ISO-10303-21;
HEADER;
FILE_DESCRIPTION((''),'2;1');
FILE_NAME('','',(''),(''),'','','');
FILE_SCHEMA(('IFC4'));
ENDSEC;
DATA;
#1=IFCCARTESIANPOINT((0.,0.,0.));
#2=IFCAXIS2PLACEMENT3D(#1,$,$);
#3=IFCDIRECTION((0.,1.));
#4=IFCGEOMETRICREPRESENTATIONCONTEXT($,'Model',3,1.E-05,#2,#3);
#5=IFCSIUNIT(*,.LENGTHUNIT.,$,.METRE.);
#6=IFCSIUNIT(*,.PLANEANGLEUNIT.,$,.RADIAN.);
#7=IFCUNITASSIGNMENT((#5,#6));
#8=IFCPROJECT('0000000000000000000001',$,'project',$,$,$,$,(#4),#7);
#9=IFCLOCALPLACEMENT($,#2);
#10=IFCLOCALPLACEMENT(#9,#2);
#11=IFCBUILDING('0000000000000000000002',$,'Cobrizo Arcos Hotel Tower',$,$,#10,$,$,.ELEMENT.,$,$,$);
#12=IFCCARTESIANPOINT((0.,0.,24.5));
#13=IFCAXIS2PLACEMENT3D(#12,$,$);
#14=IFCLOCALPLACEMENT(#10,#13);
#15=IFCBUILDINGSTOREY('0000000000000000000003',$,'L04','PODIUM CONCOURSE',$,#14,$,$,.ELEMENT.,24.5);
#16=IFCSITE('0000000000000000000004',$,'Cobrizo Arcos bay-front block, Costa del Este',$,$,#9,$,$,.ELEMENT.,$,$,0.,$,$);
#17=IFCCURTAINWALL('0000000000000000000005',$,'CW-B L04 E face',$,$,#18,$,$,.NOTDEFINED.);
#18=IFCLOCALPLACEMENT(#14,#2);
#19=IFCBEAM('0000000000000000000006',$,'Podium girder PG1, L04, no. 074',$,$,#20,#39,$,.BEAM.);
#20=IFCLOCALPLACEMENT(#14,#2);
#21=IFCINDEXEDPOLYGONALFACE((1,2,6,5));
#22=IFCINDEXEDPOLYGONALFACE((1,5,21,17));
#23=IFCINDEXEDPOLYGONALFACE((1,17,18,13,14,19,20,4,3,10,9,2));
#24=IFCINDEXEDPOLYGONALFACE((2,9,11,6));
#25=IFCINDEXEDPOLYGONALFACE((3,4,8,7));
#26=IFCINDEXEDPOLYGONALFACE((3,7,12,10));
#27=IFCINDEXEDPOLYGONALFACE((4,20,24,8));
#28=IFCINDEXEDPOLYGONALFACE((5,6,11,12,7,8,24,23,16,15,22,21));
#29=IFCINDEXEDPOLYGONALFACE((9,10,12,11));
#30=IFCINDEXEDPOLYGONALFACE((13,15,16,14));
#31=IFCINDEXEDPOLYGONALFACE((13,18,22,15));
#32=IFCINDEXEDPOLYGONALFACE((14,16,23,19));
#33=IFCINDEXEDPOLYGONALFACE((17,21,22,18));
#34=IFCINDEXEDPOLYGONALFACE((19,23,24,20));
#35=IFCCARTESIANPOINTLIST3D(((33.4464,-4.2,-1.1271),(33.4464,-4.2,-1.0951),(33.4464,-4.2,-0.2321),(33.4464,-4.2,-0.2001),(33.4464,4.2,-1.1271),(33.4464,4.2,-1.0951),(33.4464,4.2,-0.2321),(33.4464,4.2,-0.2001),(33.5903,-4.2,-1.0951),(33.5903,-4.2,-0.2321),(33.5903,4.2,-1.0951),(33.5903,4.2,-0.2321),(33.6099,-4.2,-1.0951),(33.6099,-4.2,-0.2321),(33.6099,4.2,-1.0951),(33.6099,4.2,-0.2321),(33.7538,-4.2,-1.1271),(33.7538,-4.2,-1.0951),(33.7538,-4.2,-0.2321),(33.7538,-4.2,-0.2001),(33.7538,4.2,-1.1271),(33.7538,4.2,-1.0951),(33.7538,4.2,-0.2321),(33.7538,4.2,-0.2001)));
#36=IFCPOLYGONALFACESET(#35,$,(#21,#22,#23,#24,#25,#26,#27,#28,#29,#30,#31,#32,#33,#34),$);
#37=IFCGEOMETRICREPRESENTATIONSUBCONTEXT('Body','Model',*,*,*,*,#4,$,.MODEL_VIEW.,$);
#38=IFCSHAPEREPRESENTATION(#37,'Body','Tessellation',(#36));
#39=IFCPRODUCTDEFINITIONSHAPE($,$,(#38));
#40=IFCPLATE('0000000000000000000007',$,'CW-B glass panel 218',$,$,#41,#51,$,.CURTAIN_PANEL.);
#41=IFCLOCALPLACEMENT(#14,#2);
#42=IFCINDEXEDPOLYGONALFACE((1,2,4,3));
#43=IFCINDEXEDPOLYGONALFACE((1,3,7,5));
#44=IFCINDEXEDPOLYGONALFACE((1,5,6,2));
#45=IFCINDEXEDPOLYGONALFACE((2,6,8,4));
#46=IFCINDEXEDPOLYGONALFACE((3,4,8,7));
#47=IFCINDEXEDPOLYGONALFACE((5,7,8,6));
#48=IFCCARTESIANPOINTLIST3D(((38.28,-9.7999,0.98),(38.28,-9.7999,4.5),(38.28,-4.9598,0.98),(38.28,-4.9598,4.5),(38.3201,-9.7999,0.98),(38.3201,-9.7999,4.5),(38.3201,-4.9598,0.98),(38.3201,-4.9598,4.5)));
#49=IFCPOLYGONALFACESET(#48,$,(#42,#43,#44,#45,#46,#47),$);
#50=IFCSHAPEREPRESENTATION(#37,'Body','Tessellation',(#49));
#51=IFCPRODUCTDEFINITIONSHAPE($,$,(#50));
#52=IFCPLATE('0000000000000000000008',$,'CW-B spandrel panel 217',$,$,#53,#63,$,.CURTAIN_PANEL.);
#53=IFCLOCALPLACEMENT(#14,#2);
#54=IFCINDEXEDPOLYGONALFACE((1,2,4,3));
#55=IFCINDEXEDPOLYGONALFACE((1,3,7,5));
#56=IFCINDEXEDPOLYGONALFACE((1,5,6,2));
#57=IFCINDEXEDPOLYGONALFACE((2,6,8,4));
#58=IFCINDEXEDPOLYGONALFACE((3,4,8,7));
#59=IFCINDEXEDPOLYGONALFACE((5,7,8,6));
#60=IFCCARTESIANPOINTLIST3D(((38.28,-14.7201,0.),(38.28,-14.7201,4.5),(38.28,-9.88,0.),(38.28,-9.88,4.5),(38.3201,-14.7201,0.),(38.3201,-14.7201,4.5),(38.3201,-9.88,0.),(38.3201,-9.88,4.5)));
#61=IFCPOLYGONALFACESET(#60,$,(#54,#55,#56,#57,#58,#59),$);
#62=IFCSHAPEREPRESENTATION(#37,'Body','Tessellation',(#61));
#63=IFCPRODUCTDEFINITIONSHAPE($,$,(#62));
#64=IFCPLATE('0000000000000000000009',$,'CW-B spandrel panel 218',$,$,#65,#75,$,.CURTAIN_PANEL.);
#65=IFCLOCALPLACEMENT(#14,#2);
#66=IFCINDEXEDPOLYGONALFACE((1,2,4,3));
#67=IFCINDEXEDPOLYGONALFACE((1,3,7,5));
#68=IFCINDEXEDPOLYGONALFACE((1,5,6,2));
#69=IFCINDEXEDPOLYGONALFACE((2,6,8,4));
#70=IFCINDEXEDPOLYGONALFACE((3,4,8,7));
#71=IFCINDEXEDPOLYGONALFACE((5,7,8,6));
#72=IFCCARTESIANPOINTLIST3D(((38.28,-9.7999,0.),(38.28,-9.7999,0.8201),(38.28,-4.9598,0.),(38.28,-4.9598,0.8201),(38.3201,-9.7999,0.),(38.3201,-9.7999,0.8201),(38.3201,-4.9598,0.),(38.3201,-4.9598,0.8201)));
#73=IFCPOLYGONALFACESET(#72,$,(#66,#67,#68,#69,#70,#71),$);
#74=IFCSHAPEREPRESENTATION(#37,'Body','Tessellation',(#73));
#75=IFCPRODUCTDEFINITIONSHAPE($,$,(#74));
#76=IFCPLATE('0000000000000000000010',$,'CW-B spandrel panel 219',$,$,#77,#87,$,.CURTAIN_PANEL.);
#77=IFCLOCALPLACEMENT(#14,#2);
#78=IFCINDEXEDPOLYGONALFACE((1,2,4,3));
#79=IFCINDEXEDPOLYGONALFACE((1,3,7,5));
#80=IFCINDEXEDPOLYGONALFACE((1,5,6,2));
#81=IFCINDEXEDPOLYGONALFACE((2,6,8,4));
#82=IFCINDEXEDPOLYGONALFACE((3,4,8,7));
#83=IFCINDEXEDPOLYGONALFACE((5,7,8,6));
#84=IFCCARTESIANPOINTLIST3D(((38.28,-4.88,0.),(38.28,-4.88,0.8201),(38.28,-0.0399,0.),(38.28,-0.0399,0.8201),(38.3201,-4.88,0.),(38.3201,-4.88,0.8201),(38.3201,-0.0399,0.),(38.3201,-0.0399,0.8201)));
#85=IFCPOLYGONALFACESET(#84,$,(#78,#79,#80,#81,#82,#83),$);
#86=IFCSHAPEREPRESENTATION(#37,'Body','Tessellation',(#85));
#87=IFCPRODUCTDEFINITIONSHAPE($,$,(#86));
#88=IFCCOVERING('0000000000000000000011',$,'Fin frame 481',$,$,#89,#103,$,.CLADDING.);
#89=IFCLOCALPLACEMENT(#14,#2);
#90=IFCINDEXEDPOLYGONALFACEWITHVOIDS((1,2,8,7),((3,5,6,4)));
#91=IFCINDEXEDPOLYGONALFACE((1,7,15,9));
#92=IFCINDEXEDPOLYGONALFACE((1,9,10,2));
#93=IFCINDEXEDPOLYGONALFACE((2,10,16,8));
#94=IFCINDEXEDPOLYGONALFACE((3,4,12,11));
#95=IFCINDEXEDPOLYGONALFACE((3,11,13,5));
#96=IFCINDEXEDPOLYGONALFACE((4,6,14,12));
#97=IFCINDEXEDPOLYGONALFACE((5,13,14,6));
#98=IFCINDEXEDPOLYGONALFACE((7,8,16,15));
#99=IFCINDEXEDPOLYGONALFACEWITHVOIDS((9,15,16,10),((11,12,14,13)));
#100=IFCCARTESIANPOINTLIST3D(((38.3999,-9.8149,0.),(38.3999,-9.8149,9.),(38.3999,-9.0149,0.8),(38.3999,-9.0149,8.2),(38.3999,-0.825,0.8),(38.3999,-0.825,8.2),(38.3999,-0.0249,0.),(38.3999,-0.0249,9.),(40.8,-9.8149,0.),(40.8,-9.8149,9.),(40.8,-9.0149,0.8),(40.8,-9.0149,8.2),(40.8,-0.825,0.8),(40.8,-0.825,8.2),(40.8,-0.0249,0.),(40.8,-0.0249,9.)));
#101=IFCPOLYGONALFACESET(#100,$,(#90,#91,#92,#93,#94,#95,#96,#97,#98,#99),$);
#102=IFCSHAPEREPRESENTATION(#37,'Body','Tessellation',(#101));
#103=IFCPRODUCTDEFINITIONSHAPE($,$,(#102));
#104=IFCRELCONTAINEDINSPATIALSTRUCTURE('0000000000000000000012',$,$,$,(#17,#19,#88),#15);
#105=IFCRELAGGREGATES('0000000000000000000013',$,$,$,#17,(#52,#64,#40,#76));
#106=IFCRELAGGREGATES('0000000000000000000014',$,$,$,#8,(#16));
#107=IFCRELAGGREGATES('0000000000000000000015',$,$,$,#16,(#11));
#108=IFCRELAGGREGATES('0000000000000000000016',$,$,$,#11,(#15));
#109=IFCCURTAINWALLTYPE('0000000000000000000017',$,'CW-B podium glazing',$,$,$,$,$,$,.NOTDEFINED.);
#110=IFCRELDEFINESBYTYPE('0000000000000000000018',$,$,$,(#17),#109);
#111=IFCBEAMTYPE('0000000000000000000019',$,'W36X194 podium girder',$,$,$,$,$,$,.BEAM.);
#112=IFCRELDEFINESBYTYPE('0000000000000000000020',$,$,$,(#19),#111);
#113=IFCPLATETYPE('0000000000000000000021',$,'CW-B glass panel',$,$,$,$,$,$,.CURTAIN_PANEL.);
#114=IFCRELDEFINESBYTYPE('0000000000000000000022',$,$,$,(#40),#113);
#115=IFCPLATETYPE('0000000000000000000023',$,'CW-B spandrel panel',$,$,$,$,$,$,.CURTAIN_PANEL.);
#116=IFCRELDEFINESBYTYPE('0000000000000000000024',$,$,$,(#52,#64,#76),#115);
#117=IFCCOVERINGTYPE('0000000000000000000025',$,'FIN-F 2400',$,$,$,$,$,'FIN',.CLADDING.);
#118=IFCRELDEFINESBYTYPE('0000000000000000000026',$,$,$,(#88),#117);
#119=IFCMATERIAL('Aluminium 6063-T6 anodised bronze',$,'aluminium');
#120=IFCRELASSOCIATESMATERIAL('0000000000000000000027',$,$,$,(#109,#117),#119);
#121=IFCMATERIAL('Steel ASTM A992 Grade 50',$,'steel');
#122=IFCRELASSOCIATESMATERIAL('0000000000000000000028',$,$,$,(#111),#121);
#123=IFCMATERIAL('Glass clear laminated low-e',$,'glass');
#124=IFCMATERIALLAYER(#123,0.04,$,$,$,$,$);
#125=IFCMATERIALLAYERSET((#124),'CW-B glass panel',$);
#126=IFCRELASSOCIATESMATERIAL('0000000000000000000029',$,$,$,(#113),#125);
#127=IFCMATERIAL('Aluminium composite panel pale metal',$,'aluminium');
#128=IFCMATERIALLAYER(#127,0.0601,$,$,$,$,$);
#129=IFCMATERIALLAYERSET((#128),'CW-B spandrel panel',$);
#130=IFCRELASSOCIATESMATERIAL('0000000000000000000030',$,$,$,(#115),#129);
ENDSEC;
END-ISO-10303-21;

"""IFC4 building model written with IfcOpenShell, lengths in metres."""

from ifc_helpers import new_model, si_unit, direction, frame, origin, origin_2d, place, context, subcontext, project, spatial, polyline, rectangle, i_section, outline, extrude, material, layer, layer_set, material_profile, profile_set, type_object, element, aggregate, save


model = new_model("IFC4")

# Units and contexts
model_context = context("Model", 3, precision=1e-05, world=origin(), true_north=direction((0.0, 1.0)))
body_context = subcontext(model_context, "Body", "Model", "MODEL_VIEW")
ifc_project = project(units=[si_unit("LENGTHUNIT", "METRE"), si_unit("PLANEANGLEUNIT", "RADIAN")], contexts=[model_context])

# Site, building, storey
site_placement = place(None, origin())
site = spatial("IfcSite", under=ifc_project, at=site_placement, Name="Cobrizo Arcos bay-front block, Costa del Este", CompositionType="ELEMENT", RefElevation=0.0)
building_placement = place(site_placement, origin())
building = spatial("IfcBuilding", under=site, at=building_placement, Name="Cobrizo Arcos Hotel Tower", CompositionType="ELEMENT")
storey_placement = place(building_placement, frame((0.0, 0.0, 24.5)))
storey = spatial("IfcBuildingStorey", under=building, at=storey_placement, Name="L04", Description="PODIUM CONCOURSE", CompositionType="ELEMENT", Elevation=24.5)

# Curtain wall
ifc_material_1 = material(Name="Aluminium 6063-T6 anodised bronze", Category="aluminium")
curtain_wall_type = type_object("IfcCurtainWallType", Name="CW-B podium glazing", PredefinedType="NOTDEFINED", material=ifc_material_1)
curtain_wall_placement = place(storey_placement, origin())
curtain_wall = element("IfcCurtainWall", 1, at=curtain_wall_placement, inside=storey, type_object=curtain_wall_type, Name="CW-B L04 E face", PredefinedType="NOTDEFINED")

# Beam
ifc_material_2 = material(Name="Steel ASTM A992 Grade 50", Category="steel")
ifc_material_profile_1 = material_profile(ifc_material_2, i_section(OverallWidth=0.3074, OverallDepth=0.927, WebThickness=0.0195, FlangeThickness=0.032, at=origin_2d()), Name="W36X194")
ifc_profile_set_1 = profile_set([ifc_material_profile_1], Name="Steel ASTM A992 Grade 50")
beam_type_1 = type_object("IfcBeamType", Name="W36X194 podium girder", PredefinedType="BEAM", material=ifc_profile_set_1)
beam_1_placement = place(storey_placement, frame((33.6001, -4.2, -0.6636), z_axis=(0.0, 1.0, 0.0), x_axis=(-1.0, 0.0, 0.0)))
element("IfcBeam", 2, at=beam_1_placement, inside=storey, type_object=beam_type_1, Name="Podium girder PG1, L04, no. 074", PredefinedType="BEAM", context=body_context, shape_type="SweptSolid", body=[
    extrude(i_section(OverallWidth=0.3074, OverallDepth=0.927, WebThickness=0.0195, FlangeThickness=0.032, at=origin_2d()), origin(), (0.0, 0.0, 1.0), 8.3999),
])

# Plates
ifc_material_3 = material(Name="Glass clear laminated low-e", Category="glass")
ifc_layer_1 = layer(ifc_material_3, 0.04)
ifc_layer_set_1 = layer_set([ifc_layer_1], Name="CW-B glass panel")
plate_type_1 = type_object("IfcPlateType", Name="CW-B glass panel", PredefinedType="CURTAIN_PANEL", material=ifc_layer_set_1)
plate_1_placement = place(storey_placement, frame((38.3, -7.3799, 0.98), z_axis=(0.0, 0.0, 1.0), x_axis=(0.0, 1.0, 0.0)))
plate_1 = element("IfcPlate", 3, at=plate_1_placement, type_object=plate_type_1, Name="CW-B glass panel 218", PredefinedType="CURTAIN_PANEL", context=body_context, shape_type="SweptSolid", body=[
    extrude(rectangle(XDim=4.8401, YDim=0.04, at=origin_2d()), origin(), (0.0, 0.0, 1.0), 3.52),
])
ifc_material_4 = material(Name="Aluminium composite panel pale metal", Category="aluminium")
ifc_layer_2 = layer(ifc_material_4, 0.0601)
ifc_layer_set_2 = layer_set([ifc_layer_2], Name="CW-B spandrel panel")
plate_type_2 = type_object("IfcPlateType", Name="CW-B spandrel panel", PredefinedType="CURTAIN_PANEL", material=ifc_layer_set_2)
plate_2_placement = place(storey_placement, frame((38.3, -12.3, 0.0), z_axis=(0.0, 0.0, 1.0), x_axis=(0.0, 1.0, 0.0)))
plate_2 = element("IfcPlate", 4, at=plate_2_placement, type_object=plate_type_2, Name="CW-B spandrel panel 217", PredefinedType="CURTAIN_PANEL", context=body_context, shape_type="SweptSolid", body=[
    extrude(rectangle(XDim=4.8401, YDim=0.04, at=origin_2d()), origin(), (0.0, 0.0, 1.0), 4.5),
])
plate_3_placement = place(storey_placement, frame((38.3, -7.3799, 0.0), z_axis=(0.0, 0.0, 1.0), x_axis=(0.0, 1.0, 0.0)))
plate_3 = element("IfcPlate", 5, at=plate_3_placement, type_object=plate_type_2, Name="CW-B spandrel panel 218", PredefinedType="CURTAIN_PANEL", context=body_context, shape_type="SweptSolid", body=[
    extrude(rectangle(XDim=4.8401, YDim=0.04, at=origin_2d()), origin(), (0.0, 0.0, 1.0), 0.8201),
])
plate_4_placement = place(storey_placement, frame((38.3, -2.46, 0.0), z_axis=(0.0, 0.0, 1.0), x_axis=(0.0, 1.0, 0.0)))
plate_4 = element("IfcPlate", 6, at=plate_4_placement, type_object=plate_type_2, Name="CW-B spandrel panel 219", PredefinedType="CURTAIN_PANEL", context=body_context, shape_type="SweptSolid", body=[
    extrude(rectangle(XDim=4.8401, YDim=0.04, at=origin_2d()), origin(), (0.0, 0.0, 1.0), 0.8201),
])
aggregate(curtain_wall, [plate_2, plate_3, plate_1, plate_4])

# Covering
covering_type = type_object("IfcCoveringType", Name="FIN-F 2400", ElementType="FIN", PredefinedType="CLADDING", material=ifc_material_1)
covering_placement = place(storey_placement, frame((38.3999, -9.8149, 0.0), z_axis=(1.0, 0.0, 0.0), x_axis=(0.0, 1.0, 0.0)))
element("IfcCovering", 7, at=covering_placement, inside=storey, type_object=covering_type, Name="Fin frame 481", PredefinedType="CLADDING", context=body_context, shape_type="SweptSolid", body=[
    extrude(outline(polyline([(0.0, 9.0), (0.0, 0.0), (9.79, 0.0), (9.79, 9.0), (0.0, 9.0)]), holes=[polyline([(8.99, 0.8), (0.8, 0.8), (0.8, 8.2), (8.99, 8.2), (8.99, 0.8)])]), origin(), (0.0, 0.0, 1.0), 2.4001),
])

save(model, "model.ifc")
